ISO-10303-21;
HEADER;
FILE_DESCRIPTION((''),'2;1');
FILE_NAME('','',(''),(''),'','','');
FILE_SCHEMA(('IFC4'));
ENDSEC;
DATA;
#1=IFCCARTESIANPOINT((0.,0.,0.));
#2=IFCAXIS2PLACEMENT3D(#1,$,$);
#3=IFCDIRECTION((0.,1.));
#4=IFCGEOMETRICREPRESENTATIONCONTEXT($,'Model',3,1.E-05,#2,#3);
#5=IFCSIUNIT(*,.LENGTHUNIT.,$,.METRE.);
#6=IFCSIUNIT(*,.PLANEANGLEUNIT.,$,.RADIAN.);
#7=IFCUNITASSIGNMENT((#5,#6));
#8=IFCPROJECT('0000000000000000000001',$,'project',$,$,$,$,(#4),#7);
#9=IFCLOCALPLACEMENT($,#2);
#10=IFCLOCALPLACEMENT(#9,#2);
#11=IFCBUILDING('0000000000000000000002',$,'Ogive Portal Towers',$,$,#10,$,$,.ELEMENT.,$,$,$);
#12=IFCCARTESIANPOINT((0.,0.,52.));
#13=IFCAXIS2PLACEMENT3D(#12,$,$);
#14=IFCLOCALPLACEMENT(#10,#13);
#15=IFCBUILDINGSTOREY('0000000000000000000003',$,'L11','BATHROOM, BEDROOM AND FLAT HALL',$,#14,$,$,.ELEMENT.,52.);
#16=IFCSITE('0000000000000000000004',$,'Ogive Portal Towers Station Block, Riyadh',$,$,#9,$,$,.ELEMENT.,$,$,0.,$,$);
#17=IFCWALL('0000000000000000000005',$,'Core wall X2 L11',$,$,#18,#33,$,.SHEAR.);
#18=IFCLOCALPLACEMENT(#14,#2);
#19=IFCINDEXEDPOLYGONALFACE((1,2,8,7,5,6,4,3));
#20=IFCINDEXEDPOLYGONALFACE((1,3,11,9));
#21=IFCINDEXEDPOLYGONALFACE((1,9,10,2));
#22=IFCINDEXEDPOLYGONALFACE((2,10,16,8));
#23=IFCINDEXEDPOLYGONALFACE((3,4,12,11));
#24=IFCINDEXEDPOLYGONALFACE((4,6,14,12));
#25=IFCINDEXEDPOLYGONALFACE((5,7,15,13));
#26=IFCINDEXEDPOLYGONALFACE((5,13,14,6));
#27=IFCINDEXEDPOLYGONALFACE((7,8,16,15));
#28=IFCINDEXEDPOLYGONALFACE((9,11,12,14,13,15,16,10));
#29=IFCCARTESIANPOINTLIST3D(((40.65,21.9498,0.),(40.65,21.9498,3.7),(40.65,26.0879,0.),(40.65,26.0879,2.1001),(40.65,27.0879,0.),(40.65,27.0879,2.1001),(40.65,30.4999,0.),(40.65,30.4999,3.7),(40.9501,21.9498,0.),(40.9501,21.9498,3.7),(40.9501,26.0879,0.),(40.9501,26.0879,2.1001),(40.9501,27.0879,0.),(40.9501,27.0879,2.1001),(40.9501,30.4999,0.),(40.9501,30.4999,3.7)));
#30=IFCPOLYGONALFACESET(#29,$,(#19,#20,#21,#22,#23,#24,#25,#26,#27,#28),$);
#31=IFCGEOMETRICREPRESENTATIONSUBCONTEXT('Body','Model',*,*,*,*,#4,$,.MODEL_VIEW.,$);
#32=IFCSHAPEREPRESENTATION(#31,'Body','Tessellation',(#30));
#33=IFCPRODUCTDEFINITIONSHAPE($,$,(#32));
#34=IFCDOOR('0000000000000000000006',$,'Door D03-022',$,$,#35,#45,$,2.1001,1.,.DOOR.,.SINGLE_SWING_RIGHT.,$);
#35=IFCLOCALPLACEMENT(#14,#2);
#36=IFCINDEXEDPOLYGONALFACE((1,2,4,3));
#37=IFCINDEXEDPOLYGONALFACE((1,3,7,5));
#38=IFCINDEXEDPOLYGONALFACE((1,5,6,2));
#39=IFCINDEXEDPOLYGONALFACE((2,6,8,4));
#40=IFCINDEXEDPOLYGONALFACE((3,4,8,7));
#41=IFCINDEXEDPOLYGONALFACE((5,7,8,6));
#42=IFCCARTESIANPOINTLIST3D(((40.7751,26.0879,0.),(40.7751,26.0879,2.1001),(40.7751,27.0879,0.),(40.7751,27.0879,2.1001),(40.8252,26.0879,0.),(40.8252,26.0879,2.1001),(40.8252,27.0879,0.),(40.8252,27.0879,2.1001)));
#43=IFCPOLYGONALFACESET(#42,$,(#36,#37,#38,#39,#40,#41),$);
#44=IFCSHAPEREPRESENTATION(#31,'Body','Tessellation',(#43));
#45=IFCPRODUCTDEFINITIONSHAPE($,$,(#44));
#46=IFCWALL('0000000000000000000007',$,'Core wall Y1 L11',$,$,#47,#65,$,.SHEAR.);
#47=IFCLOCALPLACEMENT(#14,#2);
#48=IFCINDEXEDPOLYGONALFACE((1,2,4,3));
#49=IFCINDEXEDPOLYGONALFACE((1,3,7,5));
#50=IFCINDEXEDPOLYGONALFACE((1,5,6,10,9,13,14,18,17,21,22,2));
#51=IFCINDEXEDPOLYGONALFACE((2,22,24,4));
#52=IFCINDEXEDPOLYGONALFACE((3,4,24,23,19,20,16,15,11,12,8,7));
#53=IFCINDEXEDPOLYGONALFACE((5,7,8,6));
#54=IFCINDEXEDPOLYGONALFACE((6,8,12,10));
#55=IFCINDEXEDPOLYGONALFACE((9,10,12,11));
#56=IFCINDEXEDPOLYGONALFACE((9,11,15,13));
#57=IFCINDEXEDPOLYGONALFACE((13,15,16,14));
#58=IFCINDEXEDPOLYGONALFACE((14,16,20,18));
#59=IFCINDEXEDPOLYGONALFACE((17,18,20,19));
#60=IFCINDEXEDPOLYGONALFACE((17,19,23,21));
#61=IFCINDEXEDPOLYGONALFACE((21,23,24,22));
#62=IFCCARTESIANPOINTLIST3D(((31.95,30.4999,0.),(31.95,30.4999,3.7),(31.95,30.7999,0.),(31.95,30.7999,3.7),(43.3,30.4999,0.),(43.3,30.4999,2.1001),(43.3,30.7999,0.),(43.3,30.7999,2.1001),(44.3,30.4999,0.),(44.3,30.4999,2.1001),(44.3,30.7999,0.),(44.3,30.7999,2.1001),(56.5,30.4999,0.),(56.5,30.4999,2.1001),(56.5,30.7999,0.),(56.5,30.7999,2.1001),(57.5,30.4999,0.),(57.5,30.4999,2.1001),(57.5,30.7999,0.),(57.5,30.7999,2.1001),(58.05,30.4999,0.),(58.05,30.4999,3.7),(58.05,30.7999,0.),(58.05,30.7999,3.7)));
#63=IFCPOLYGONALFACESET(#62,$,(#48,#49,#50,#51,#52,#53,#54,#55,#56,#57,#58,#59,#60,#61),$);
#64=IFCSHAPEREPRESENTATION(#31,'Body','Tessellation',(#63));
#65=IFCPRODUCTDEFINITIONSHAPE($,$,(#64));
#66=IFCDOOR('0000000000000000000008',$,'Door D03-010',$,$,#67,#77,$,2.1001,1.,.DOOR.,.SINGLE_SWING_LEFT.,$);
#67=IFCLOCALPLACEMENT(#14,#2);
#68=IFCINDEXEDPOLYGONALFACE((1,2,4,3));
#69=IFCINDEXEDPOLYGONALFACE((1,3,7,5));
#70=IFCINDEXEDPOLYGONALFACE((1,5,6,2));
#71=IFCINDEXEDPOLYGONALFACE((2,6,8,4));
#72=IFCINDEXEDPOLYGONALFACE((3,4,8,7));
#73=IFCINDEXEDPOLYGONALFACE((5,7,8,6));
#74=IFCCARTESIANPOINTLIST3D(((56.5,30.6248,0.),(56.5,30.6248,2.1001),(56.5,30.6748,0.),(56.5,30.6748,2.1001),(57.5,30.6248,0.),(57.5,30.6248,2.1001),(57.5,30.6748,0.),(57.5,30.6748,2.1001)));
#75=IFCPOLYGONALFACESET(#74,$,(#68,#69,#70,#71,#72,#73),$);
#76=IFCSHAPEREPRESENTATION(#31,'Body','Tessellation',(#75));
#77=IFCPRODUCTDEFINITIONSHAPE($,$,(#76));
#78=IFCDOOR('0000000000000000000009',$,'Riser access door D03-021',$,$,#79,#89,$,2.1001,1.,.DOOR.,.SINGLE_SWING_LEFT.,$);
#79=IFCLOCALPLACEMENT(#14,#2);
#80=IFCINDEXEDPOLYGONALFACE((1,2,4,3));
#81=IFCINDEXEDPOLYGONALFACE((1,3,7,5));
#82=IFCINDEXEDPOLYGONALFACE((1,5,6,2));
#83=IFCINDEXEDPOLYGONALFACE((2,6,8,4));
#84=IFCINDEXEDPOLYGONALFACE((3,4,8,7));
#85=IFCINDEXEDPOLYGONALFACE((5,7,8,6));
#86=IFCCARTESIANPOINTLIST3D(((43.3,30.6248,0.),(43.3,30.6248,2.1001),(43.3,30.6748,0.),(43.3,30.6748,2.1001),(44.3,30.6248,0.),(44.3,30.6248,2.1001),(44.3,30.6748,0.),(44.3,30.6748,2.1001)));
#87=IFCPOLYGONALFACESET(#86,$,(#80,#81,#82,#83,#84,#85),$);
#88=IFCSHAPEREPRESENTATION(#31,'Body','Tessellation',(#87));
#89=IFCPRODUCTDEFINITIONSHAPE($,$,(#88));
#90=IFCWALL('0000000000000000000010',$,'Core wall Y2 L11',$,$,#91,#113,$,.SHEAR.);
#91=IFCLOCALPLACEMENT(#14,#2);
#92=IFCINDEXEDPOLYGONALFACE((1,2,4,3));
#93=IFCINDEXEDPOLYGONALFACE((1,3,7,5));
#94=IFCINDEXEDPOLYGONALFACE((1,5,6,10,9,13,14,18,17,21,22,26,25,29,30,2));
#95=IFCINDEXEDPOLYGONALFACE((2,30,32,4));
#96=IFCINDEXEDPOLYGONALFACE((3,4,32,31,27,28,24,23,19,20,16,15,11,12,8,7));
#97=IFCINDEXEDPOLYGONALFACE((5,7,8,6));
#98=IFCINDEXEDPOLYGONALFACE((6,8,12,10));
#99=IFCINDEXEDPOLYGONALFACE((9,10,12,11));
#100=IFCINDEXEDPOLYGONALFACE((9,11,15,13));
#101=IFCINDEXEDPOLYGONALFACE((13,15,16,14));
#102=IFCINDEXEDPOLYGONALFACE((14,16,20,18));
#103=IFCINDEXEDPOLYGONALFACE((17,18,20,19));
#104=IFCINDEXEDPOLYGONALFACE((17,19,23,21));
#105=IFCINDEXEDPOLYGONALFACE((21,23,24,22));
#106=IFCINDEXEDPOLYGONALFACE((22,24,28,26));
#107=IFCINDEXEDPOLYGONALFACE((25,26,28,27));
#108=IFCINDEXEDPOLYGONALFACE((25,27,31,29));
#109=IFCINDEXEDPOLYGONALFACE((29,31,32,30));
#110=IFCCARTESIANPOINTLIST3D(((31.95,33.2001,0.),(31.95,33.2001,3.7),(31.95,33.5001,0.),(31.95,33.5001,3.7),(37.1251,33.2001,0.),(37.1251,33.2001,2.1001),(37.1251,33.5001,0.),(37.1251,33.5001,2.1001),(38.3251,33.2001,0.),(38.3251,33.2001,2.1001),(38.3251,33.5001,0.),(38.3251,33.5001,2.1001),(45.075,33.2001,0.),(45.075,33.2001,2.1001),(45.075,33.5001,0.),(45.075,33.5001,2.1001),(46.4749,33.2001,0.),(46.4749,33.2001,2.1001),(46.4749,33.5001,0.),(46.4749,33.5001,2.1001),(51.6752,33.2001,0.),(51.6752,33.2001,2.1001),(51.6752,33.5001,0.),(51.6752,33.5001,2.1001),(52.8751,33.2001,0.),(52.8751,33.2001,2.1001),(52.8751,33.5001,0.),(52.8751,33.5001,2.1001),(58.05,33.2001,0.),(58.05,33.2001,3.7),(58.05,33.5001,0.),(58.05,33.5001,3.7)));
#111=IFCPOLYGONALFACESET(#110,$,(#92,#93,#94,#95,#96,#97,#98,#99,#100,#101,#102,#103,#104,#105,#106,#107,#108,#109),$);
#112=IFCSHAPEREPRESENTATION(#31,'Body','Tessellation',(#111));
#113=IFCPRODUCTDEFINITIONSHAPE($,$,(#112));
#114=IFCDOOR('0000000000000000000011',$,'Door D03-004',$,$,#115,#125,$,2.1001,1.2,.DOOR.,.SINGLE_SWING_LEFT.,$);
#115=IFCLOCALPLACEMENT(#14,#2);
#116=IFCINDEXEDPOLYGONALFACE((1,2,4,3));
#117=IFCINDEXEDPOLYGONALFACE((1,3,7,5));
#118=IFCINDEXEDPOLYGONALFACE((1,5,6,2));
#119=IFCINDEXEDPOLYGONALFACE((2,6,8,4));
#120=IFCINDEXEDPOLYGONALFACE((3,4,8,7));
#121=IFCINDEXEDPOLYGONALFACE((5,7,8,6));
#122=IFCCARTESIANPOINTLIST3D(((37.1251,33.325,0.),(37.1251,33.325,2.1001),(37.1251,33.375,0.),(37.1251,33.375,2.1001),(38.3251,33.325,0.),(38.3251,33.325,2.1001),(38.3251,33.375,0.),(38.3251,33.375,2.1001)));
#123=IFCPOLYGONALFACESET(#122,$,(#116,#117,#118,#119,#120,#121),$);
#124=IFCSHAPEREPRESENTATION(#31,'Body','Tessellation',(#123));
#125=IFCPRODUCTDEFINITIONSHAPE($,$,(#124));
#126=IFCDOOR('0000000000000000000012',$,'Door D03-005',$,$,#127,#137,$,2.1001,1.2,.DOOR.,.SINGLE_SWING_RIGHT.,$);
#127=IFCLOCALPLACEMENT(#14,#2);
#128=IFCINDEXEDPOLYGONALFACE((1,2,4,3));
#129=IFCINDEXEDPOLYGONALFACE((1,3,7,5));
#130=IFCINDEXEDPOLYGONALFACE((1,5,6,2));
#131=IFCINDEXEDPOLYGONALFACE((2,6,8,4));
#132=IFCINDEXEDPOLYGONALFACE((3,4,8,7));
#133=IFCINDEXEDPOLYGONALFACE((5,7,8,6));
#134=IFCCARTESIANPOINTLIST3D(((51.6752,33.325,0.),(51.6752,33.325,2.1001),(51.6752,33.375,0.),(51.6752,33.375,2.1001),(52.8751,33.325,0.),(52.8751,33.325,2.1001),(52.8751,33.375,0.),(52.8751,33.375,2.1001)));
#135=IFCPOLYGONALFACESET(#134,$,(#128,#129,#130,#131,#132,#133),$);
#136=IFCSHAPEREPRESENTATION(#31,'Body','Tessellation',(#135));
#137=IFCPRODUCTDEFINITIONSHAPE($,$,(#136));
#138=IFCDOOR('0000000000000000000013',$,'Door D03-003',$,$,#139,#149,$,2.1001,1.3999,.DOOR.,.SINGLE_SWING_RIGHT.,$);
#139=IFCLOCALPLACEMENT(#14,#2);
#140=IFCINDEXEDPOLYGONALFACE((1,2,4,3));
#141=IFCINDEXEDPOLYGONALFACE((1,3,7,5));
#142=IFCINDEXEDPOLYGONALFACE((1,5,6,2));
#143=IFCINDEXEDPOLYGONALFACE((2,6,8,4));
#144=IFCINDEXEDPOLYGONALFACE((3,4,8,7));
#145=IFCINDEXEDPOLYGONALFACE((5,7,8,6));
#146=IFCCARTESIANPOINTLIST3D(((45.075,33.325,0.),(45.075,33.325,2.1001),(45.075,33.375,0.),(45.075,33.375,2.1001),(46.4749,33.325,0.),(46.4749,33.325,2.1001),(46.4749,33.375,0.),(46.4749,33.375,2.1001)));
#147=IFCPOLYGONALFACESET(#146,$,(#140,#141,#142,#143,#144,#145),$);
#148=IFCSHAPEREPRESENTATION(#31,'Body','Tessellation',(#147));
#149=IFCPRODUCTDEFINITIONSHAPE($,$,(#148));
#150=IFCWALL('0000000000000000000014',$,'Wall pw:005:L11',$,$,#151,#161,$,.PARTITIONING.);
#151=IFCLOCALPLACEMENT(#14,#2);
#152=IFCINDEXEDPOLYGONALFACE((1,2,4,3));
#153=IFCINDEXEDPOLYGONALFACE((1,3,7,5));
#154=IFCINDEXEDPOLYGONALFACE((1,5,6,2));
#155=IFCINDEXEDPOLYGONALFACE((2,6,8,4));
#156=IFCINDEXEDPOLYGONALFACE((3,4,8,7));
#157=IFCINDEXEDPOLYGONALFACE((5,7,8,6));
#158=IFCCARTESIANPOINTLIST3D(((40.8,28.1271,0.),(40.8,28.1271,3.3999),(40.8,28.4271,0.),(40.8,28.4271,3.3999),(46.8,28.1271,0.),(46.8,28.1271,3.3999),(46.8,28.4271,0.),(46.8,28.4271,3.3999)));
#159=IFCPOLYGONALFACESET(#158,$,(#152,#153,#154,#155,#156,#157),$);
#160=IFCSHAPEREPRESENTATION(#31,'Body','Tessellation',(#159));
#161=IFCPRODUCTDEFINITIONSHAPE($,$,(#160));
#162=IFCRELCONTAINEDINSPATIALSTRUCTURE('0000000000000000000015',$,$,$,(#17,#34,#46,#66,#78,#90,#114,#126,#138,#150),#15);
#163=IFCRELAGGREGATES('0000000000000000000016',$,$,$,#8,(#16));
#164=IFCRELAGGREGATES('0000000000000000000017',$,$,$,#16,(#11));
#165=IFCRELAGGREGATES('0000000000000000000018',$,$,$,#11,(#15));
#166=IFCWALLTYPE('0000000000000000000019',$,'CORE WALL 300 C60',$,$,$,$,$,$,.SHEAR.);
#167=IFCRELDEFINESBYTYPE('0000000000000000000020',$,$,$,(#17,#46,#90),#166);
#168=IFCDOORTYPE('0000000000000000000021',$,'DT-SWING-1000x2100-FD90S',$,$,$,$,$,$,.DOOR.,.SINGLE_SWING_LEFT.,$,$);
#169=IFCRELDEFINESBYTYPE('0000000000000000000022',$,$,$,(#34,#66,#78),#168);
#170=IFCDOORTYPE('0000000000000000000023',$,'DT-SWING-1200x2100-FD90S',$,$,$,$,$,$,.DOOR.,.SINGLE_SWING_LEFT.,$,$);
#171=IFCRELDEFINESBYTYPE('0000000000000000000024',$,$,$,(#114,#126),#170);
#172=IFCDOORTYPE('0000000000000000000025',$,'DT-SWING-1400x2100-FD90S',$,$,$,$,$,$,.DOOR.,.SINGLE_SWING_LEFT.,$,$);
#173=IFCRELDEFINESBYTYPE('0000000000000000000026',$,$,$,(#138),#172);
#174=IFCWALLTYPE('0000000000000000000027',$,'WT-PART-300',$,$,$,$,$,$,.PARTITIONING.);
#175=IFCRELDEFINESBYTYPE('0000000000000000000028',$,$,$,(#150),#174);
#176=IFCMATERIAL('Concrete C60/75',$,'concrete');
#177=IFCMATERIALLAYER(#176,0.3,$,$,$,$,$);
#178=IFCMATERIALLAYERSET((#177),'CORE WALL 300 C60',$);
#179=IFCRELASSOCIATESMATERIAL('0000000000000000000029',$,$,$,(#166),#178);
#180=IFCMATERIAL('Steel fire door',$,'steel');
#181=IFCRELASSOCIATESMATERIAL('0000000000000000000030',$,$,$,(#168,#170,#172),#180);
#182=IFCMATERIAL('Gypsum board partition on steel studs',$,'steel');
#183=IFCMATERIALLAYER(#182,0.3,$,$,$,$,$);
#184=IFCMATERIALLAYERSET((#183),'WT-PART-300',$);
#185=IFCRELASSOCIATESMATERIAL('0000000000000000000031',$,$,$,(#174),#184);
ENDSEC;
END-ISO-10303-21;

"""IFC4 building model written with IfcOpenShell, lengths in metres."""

from ifc_helpers import new_model, si_unit, direction, frame, frame_2d, origin, place, context, subcontext, project, spatial, rectangle, extrude, material, layer, layer_set, type_object, element, fill, save


model = new_model("IFC4")

# Units and contexts
model_context = context("Model", 3, precision=1e-05, world=origin(), true_north=direction((0.0, 1.0)))
body_context = subcontext(model_context, "Body", "Model", "MODEL_VIEW")
ifc_project = project(units=[si_unit("LENGTHUNIT", "METRE"), si_unit("PLANEANGLEUNIT", "RADIAN")], contexts=[model_context])

# Site, building, storey
site_placement = place(None, origin())
site = spatial("IfcSite", under=ifc_project, at=site_placement, Name="Ogive Portal Towers Station Block, Riyadh", CompositionType="ELEMENT", RefElevation=0.0)
building_placement = place(site_placement, origin())
building = spatial("IfcBuilding", under=site, at=building_placement, Name="Ogive Portal Towers", CompositionType="ELEMENT")
storey_placement = place(building_placement, frame((0.0, 0.0, 52.0)))
storey = spatial("IfcBuildingStorey", under=building, at=storey_placement, Name="L11", Description="BATHROOM, BEDROOM AND FLAT HALL", CompositionType="ELEMENT", Elevation=52.0)

# Wall, opening, door
ifc_material_1 = material(Name="Concrete C60/75", Category="concrete")
ifc_layer_1 = layer(ifc_material_1, 0.3)
ifc_layer_set_1 = layer_set([ifc_layer_1], Name="CORE WALL 300 C60")
wall_type_1 = type_object("IfcWallType", Name="CORE WALL 300 C60", PredefinedType="SHEAR", material=ifc_layer_set_1)
wall_1_placement = place(storey_placement, frame((40.8, 21.95, 0.0), z_axis=(0.0, 0.0, 1.0), x_axis=(0.0, 1.0, 0.0)))
wall_1 = element("IfcWall", 1, at=wall_1_placement, inside=storey, type_object=wall_type_1, Name="Core wall X2 L11", PredefinedType="SHEAR", context=body_context, shape_type="SweptSolid", body=[
    extrude(rectangle(XDim=8.55, YDim=0.3, at=frame_2d((4.2749, 0.0))), origin(), (0.0, 0.0, 1.0), 3.7),
])
opening_1_placement = place(wall_1_placement, frame((4.1379, 0.0, 0.0)))
opening_1 = element("IfcOpeningElement", 2, at=opening_1_placement, cuts=wall_1, PredefinedType="OPENING", context=body_context, shape_type="SweptSolid", body=[
    extrude(rectangle(XDim=1.0, YDim=2.1001, at=frame_2d((0.5, 1.05))), frame((0.0, 0.1602, 0.0), z_axis=(0.0, -1.0, 0.0), x_axis=(1.0, 0.0, 0.0)), (0.0, 0.0, 1.0), 0.3201),
])
ifc_material_2 = material(Name="Steel fire door", Category="steel")
door_type_1 = type_object("IfcDoorType", Name="DT-SWING-1000x2100-FD90S", OperationType="SINGLE_SWING_LEFT", PredefinedType="DOOR", material=ifc_material_2)
door_1_placement = place(opening_1_placement, origin())
door_1 = element("IfcDoor", 3, at=door_1_placement, inside=storey, type_object=door_type_1, Name="Door D03-022", OperationType="SINGLE_SWING_RIGHT", OverallHeight=2.1001, OverallWidth=1.0, PredefinedType="DOOR", context=body_context, shape_type="SweptSolid", body=[
    extrude(rectangle(XDim=1.0, YDim=2.1001, at=frame_2d((0.5, 1.05))), frame((0.0, 0.0249, 0.0), z_axis=(0.0, -1.0, 0.0), x_axis=(1.0, 0.0, 0.0)), (0.0, 0.0, 1.0), 0.05),
])
fill(opening_1, door_1)

# Walls, openings, doors
wall_2_placement = place(storey_placement, frame((31.95, 30.6499, 0.0), z_axis=(0.0, 0.0, 1.0), x_axis=(1.0, 0.0, 0.0)))
wall_2 = element("IfcWall", 4, at=wall_2_placement, inside=storey, type_object=wall_type_1, Name="Core wall Y1 L11", PredefinedType="SHEAR", context=body_context, shape_type="SweptSolid", body=[
    extrude(rectangle(XDim=26.1001, YDim=0.3, at=frame_2d((13.05, 0.0))), origin(), (0.0, 0.0, 1.0), 3.7),
])
opening_2_placement = place(wall_2_placement, frame((24.55, 0.0, 0.0)))
opening_2 = element("IfcOpeningElement", 5, at=opening_2_placement, cuts=wall_2, PredefinedType="OPENING", context=body_context, shape_type="SweptSolid", body=[
    extrude(rectangle(XDim=1.0, YDim=2.1001, at=frame_2d((0.5, 1.05))), frame((0.0, 0.1602, 0.0), z_axis=(0.0, -1.0, 0.0), x_axis=(1.0, 0.0, 0.0)), (0.0, 0.0, 1.0), 0.3201),
])
opening_3_placement = place(wall_2_placement, frame((11.3501, 0.0, 0.0)))
opening_3 = element("IfcOpeningElement", 6, at=opening_3_placement, cuts=wall_2, PredefinedType="OPENING", context=body_context, shape_type="SweptSolid", body=[
    extrude(rectangle(XDim=1.0, YDim=2.1001, at=frame_2d((0.5, 1.05))), frame((0.0, 0.1602, 0.0), z_axis=(0.0, -1.0, 0.0), x_axis=(1.0, 0.0, 0.0)), (0.0, 0.0, 1.0), 0.3201),
])
door_2_placement = place(opening_2_placement, origin())
door_2 = element("IfcDoor", 7, at=door_2_placement, inside=storey, type_object=door_type_1, Name="Door D03-010", OperationType="SINGLE_SWING_LEFT", OverallHeight=2.1001, OverallWidth=1.0, PredefinedType="DOOR", context=body_context, shape_type="SweptSolid", body=[
    extrude(rectangle(XDim=1.0, YDim=2.1001, at=frame_2d((0.5, 1.05))), frame((0.0, 0.0249, 0.0), z_axis=(0.0, -1.0, 0.0), x_axis=(1.0, 0.0, 0.0)), (0.0, 0.0, 1.0), 0.05),
])
fill(opening_2, door_2)
door_3_placement = place(opening_3_placement, origin())
door_3 = element("IfcDoor", 8, at=door_3_placement, inside=storey, type_object=door_type_1, Name="Riser access door D03-021", OperationType="SINGLE_SWING_LEFT", OverallHeight=2.1001, OverallWidth=1.0, PredefinedType="DOOR", context=body_context, shape_type="SweptSolid", body=[
    extrude(rectangle(XDim=1.0, YDim=2.1001, at=frame_2d((0.5, 1.05))), frame((0.0, 0.0249, 0.0), z_axis=(0.0, -1.0, 0.0), x_axis=(1.0, 0.0, 0.0)), (0.0, 0.0, 1.0), 0.05),
])
fill(opening_3, door_3)
wall_3_placement = place(storey_placement, frame((31.95, 33.3501, 0.0), z_axis=(0.0, 0.0, 1.0), x_axis=(1.0, 0.0, 0.0)))
wall_3 = element("IfcWall", 9, at=wall_3_placement, inside=storey, type_object=wall_type_1, Name="Core wall Y2 L11", PredefinedType="SHEAR", context=body_context, shape_type="SweptSolid", body=[
    extrude(rectangle(XDim=26.1001, YDim=0.3, at=frame_2d((13.05, 0.0))), origin(), (0.0, 0.0, 1.0), 3.7),
])
opening_4_placement = place(wall_3_placement, frame((13.125, 0.0, 0.0)))
opening_4 = element("IfcOpeningElement", 10, at=opening_4_placement, cuts=wall_3, PredefinedType="OPENING", context=body_context, shape_type="SweptSolid", body=[
    extrude(rectangle(XDim=1.3999, YDim=2.1001, at=frame_2d((0.7, 1.05))), frame((0.0, 0.1602, 0.0), z_axis=(0.0, -1.0, 0.0), x_axis=(1.0, 0.0, 0.0)), (0.0, 0.0, 1.0), 0.3201),
])
opening_5_placement = place(wall_3_placement, frame((5.175, 0.0, 0.0)))
opening_5 = element("IfcOpeningElement", 11, at=opening_5_placement, cuts=wall_3, PredefinedType="OPENING", context=body_context, shape_type="SweptSolid", body=[
    extrude(rectangle(XDim=1.2, YDim=2.1001, at=frame_2d((0.6001, 1.05))), frame((0.0, 0.1602, 0.0), z_axis=(0.0, -1.0, 0.0), x_axis=(1.0, 0.0, 0.0)), (0.0, 0.0, 1.0), 0.3201),
])
opening_6_placement = place(wall_3_placement, frame((19.7251, 0.0, 0.0)))
opening_6 = element("IfcOpeningElement", 12, at=opening_6_placement, cuts=wall_3, PredefinedType="OPENING", context=body_context, shape_type="SweptSolid", body=[
    extrude(rectangle(XDim=1.2, YDim=2.1001, at=frame_2d((0.6001, 1.05))), frame((0.0, 0.1602, 0.0), z_axis=(0.0, -1.0, 0.0), x_axis=(1.0, 0.0, 0.0)), (0.0, 0.0, 1.0), 0.3201),
])
door_type_2 = type_object("IfcDoorType", Name="DT-SWING-1200x2100-FD90S", OperationType="SINGLE_SWING_LEFT", PredefinedType="DOOR", material=ifc_material_2)
door_4_placement = place(opening_5_placement, origin())
door_4 = element("IfcDoor", 13, at=door_4_placement, inside=storey, type_object=door_type_2, Name="Door D03-004", OperationType="SINGLE_SWING_LEFT", OverallHeight=2.1001, OverallWidth=1.2, PredefinedType="DOOR", context=body_context, shape_type="SweptSolid", body=[
    extrude(rectangle(XDim=1.2, YDim=2.1001, at=frame_2d((0.6001, 1.05))), frame((0.0, 0.0249, 0.0), z_axis=(0.0, -1.0, 0.0), x_axis=(1.0, 0.0, 0.0)), (0.0, 0.0, 1.0), 0.05),
])
fill(opening_5, door_4)
door_5_placement = place(opening_6_placement, origin())
door_5 = element("IfcDoor", 14, at=door_5_placement, inside=storey, type_object=door_type_2, Name="Door D03-005", OperationType="SINGLE_SWING_RIGHT", OverallHeight=2.1001, OverallWidth=1.2, PredefinedType="DOOR", context=body_context, shape_type="SweptSolid", body=[
    extrude(rectangle(XDim=1.2, YDim=2.1001, at=frame_2d((0.6001, 1.05))), frame((0.0, 0.0249, 0.0), z_axis=(0.0, -1.0, 0.0), x_axis=(1.0, 0.0, 0.0)), (0.0, 0.0, 1.0), 0.05),
])
fill(opening_6, door_5)
door_type_3 = type_object("IfcDoorType", Name="DT-SWING-1400x2100-FD90S", OperationType="SINGLE_SWING_LEFT", PredefinedType="DOOR", material=ifc_material_2)
door_6_placement = place(opening_4_placement, origin())
door_6 = element("IfcDoor", 15, at=door_6_placement, inside=storey, type_object=door_type_3, Name="Door D03-003", OperationType="SINGLE_SWING_RIGHT", OverallHeight=2.1001, OverallWidth=1.3999, PredefinedType="DOOR", context=body_context, shape_type="SweptSolid", body=[
    extrude(rectangle(XDim=1.3999, YDim=2.1001, at=frame_2d((0.7, 1.05))), frame((0.0, 0.0249, 0.0), z_axis=(0.0, -1.0, 0.0), x_axis=(1.0, 0.0, 0.0)), (0.0, 0.0, 1.0), 0.05),
])
fill(opening_4, door_6)

# Wall
ifc_material_3 = material(Name="Gypsum board partition on steel studs", Category="steel")
ifc_layer_2 = layer(ifc_material_3, 0.3)
ifc_layer_set_2 = layer_set([ifc_layer_2], Name="WT-PART-300")
wall_type_2 = type_object("IfcWallType", Name="WT-PART-300", PredefinedType="PARTITIONING", material=ifc_layer_set_2)
wall_4_placement = place(storey_placement, frame((40.8, 28.2771, 0.0), z_axis=(0.0, 0.0, 1.0), x_axis=(1.0, 0.0, 0.0)))
element("IfcWall", 16, at=wall_4_placement, inside=storey, type_object=wall_type_2, Name="Wall pw:005:L11", PredefinedType="PARTITIONING", context=body_context, shape_type="SweptSolid", body=[
    extrude(rectangle(XDim=6.0, YDim=0.3, at=frame_2d((3.0, 0.0))), origin(), (0.0, 0.0, 1.0), 3.3999),
])

save(model, "model.ifc")
